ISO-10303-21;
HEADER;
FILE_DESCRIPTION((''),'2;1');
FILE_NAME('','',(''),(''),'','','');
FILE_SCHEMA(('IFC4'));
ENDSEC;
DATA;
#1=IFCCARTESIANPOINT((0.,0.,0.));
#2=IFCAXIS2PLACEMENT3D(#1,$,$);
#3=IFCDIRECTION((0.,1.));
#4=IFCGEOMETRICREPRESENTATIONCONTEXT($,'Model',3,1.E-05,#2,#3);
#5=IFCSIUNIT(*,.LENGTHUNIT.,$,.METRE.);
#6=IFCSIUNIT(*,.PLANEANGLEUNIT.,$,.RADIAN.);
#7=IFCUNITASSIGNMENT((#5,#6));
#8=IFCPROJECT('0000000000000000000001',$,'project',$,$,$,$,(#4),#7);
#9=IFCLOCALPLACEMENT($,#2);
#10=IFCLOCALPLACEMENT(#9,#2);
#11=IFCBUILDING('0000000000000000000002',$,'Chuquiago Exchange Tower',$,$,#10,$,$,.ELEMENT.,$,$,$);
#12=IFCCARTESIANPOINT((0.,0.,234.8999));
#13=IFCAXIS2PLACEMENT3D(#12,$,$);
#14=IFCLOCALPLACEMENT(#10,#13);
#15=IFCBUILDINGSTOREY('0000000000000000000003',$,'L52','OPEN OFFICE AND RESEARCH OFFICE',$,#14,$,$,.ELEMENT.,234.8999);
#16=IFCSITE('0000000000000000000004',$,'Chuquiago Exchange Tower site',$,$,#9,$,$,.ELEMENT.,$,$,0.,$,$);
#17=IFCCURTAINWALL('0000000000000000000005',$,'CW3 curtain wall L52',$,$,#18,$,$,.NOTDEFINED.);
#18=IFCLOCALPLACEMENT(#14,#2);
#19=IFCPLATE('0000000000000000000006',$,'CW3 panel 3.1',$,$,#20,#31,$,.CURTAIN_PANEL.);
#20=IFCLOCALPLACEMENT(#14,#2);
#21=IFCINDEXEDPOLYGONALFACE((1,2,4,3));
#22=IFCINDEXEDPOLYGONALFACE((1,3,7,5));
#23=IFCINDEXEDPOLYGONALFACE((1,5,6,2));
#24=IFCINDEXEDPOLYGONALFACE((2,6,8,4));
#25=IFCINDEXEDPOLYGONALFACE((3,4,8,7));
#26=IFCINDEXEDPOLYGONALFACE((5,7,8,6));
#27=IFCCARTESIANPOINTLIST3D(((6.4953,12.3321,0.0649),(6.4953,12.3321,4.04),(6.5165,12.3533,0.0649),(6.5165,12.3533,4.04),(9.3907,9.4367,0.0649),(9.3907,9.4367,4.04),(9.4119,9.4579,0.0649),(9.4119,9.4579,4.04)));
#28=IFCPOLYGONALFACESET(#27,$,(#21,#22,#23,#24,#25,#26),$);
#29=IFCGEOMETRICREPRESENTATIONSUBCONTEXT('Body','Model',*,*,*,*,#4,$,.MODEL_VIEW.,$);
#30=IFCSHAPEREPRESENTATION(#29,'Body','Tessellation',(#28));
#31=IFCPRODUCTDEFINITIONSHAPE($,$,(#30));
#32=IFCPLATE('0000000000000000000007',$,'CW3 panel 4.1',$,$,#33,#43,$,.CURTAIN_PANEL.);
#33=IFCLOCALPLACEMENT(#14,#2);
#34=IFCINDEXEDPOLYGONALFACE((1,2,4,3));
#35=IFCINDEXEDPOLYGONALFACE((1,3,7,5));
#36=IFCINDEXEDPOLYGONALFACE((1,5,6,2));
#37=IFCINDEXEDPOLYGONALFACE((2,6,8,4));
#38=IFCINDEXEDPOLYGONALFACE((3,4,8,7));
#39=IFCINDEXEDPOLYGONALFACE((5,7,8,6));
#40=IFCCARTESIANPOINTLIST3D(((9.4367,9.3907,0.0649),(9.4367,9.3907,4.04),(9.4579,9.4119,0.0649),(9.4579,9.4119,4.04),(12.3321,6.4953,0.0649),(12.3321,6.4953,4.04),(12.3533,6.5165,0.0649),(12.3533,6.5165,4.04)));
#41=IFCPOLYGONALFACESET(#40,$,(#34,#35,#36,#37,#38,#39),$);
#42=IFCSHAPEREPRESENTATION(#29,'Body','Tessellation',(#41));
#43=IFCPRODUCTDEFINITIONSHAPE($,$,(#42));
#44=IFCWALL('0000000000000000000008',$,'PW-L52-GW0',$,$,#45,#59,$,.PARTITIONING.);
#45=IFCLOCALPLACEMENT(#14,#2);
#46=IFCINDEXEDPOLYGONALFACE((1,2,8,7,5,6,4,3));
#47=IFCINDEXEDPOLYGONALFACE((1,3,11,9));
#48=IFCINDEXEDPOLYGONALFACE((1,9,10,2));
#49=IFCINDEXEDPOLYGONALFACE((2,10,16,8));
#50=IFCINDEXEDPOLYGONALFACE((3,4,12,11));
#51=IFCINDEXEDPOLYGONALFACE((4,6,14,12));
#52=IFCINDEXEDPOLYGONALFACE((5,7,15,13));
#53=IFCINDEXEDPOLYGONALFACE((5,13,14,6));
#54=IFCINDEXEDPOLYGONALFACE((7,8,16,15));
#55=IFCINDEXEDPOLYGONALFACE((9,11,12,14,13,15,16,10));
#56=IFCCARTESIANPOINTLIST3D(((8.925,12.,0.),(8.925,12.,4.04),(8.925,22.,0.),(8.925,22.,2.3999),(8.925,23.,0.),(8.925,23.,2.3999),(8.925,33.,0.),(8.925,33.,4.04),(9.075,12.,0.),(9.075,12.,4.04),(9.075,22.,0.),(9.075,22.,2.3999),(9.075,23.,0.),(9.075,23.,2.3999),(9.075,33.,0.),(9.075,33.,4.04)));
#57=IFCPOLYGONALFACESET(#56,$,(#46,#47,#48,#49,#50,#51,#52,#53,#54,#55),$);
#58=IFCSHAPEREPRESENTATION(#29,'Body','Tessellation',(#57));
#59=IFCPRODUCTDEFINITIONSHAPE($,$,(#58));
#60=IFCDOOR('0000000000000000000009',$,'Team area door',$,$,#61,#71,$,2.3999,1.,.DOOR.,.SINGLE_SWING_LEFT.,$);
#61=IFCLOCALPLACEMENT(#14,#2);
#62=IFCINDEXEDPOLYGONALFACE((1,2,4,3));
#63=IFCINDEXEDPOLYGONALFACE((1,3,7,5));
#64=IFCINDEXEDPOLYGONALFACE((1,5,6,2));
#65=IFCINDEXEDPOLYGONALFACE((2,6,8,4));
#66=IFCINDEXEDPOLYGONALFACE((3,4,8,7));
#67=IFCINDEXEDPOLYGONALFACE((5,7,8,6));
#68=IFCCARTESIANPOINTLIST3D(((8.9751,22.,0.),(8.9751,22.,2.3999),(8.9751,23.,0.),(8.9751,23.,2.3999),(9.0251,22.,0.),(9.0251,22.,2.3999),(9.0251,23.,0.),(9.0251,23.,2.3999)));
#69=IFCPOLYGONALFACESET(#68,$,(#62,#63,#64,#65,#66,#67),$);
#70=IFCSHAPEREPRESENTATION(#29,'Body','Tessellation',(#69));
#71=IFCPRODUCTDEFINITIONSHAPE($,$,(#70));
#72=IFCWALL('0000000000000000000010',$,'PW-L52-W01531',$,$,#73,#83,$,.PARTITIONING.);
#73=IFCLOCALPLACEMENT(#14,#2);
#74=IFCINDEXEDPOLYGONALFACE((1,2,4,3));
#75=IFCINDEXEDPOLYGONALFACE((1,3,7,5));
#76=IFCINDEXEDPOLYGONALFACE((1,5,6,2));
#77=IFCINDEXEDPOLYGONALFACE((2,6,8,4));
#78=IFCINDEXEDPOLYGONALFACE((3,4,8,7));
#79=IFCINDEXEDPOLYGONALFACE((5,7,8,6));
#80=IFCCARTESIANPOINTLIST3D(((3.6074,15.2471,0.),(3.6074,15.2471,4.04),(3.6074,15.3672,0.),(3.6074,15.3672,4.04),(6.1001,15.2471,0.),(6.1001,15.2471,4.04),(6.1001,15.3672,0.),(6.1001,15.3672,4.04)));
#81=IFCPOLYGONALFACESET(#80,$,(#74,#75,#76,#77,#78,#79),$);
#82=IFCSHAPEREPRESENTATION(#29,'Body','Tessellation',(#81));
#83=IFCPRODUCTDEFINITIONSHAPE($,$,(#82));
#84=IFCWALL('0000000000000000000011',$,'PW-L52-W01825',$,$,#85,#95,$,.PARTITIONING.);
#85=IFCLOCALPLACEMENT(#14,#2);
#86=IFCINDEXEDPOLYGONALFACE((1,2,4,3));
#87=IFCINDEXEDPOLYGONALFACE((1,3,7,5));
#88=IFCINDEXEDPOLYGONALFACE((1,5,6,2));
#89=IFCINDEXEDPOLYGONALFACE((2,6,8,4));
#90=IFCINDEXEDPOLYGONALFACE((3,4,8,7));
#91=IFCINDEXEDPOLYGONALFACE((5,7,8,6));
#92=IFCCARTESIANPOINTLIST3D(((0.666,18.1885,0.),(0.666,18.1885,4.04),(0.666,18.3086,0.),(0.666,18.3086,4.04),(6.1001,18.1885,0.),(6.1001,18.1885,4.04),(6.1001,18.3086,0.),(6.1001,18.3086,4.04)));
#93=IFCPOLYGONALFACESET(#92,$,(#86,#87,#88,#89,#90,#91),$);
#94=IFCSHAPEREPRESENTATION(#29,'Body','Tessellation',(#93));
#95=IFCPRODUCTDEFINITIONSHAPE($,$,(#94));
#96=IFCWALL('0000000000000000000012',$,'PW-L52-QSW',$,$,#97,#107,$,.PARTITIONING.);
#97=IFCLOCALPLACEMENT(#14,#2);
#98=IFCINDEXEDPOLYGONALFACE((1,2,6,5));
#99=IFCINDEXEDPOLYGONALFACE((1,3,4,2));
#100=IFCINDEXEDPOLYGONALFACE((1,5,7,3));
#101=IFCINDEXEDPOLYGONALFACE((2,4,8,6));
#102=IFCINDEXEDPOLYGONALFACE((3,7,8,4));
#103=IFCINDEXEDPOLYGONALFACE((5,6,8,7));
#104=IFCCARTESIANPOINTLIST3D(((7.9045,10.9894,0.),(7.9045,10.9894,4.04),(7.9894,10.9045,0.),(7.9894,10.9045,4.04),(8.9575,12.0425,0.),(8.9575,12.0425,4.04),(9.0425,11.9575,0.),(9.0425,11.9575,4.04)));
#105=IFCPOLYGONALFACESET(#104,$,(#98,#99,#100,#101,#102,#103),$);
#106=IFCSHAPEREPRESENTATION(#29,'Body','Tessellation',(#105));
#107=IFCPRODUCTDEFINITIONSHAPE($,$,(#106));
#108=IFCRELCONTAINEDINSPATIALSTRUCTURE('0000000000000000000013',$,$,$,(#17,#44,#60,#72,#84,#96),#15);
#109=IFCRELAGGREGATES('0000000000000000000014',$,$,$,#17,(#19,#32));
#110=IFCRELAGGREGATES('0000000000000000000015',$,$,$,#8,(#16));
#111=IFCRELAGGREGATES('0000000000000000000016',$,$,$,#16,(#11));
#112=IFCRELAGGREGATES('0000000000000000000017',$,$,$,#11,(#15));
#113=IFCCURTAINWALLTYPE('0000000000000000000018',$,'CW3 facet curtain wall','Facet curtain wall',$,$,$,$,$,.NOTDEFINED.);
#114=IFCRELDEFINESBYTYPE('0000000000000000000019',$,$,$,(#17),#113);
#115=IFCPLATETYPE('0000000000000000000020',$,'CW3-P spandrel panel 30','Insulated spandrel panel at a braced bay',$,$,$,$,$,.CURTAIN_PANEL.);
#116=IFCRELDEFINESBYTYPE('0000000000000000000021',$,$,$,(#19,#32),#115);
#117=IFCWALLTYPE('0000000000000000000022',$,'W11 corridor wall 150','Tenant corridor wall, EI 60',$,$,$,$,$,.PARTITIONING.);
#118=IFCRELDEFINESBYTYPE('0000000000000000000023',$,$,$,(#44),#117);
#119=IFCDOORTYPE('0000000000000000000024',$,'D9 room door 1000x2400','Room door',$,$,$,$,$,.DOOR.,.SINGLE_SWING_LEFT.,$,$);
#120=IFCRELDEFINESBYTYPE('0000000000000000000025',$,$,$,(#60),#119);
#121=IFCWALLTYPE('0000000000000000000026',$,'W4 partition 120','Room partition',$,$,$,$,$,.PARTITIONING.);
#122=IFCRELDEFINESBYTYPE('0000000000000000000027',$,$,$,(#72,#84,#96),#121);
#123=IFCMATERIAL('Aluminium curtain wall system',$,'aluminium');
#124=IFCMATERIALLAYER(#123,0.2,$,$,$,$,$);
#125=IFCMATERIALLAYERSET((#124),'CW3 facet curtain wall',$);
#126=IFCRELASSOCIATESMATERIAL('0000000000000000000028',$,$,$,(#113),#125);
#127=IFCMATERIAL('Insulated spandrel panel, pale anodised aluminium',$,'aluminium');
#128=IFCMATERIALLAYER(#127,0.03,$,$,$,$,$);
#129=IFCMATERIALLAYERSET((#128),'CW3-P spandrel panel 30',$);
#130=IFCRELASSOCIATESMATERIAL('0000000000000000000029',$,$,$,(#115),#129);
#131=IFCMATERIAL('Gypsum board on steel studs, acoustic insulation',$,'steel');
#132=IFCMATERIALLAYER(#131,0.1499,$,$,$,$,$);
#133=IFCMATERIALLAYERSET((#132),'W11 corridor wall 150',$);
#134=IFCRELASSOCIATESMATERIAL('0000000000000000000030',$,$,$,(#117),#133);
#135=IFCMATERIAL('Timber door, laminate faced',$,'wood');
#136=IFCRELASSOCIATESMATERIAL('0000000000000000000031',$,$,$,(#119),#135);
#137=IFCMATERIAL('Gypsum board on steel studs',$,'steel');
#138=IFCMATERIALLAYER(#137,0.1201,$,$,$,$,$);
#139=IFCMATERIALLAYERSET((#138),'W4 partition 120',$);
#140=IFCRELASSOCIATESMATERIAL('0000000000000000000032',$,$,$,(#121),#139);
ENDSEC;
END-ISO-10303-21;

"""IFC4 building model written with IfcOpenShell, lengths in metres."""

from ifc_helpers import new_model, si_unit, direction, frame, frame_2d, origin, origin_2d, place, context, subcontext, project, spatial, rectangle, extrude, material, layer, layer_set, type_object, element, fill, aggregate, save


model = new_model("IFC4")

# Units and contexts
model_context = context("Model", 3, precision=1e-05, world=origin(), true_north=direction((0.0, 1.0)))
body_context = subcontext(model_context, "Body", "Model", "MODEL_VIEW")
ifc_project = project(units=[si_unit("LENGTHUNIT", "METRE"), si_unit("PLANEANGLEUNIT", "RADIAN")], contexts=[model_context])

# Site, building, storey
site_placement = place(None, origin())
site = spatial("IfcSite", under=ifc_project, at=site_placement, Name="Chuquiago Exchange Tower site", CompositionType="ELEMENT", RefElevation=0.0)
building_placement = place(site_placement, origin())
building = spatial("IfcBuilding", under=site, at=building_placement, Name="Chuquiago Exchange Tower", CompositionType="ELEMENT")
storey_placement = place(building_placement, frame((0.0, 0.0, 234.8999)))
storey = spatial("IfcBuildingStorey", under=building, at=storey_placement, Name="L52", Description="OPEN OFFICE AND RESEARCH OFFICE", CompositionType="ELEMENT", Elevation=234.8999)

# Curtain wall
ifc_material_1 = material(Name="Aluminium curtain wall system", Category="aluminium")
ifc_layer_1 = layer(ifc_material_1, 0.2)
ifc_layer_set_1 = layer_set([ifc_layer_1], Name="CW3 facet curtain wall")
curtain_wall_type_1 = type_object("IfcCurtainWallType", Name="CW3 facet curtain wall", Description="Facet curtain wall", PredefinedType="NOTDEFINED", material=ifc_layer_set_1)
curtain_wall_1_placement = place(storey_placement, origin())
curtain_wall_1 = element("IfcCurtainWall", 1, at=curtain_wall_1_placement, inside=storey, type_object=curtain_wall_type_1, Name="CW3 curtain wall L52", PredefinedType="NOTDEFINED")

# Plates
ifc_material_2 = material(Name="Insulated spandrel panel, pale anodised aluminium", Category="aluminium")
ifc_layer_2 = layer(ifc_material_2, 0.03)
ifc_layer_set_2 = layer_set([ifc_layer_2], Name="CW3-P spandrel panel 30")
plate_type = type_object("IfcPlateType", Name="CW3-P spandrel panel 30", Description="Insulated spandrel panel at a braced bay", PredefinedType="CURTAIN_PANEL", material=ifc_layer_set_2)
plate_1_placement = place(storey_placement, frame((7.9536, 10.895, 0.0649), z_axis=(0.0, 0.0, 1.0), x_axis=(0.707107, -0.707107, 0.0)))
plate_1 = element("IfcPlate", 2, at=plate_1_placement, type_object=plate_type, Name="CW3 panel 3.1", PredefinedType="CURTAIN_PANEL", context=body_context, shape_type="SweptSolid", body=[
    extrude(rectangle(XDim=4.0947, YDim=0.03, at=origin_2d()), origin(), (0.0, 0.0, 1.0), 3.9751),
])
plate_2_placement = place(storey_placement, frame((10.895, 7.9536, 0.0649), z_axis=(0.0, 0.0, 1.0), x_axis=(0.707107, -0.707107, 0.0)))
plate_2 = element("IfcPlate", 3, at=plate_2_placement, type_object=plate_type, Name="CW3 panel 4.1", PredefinedType="CURTAIN_PANEL", context=body_context, shape_type="SweptSolid", body=[
    extrude(rectangle(XDim=4.0947, YDim=0.03, at=origin_2d()), origin(), (0.0, 0.0, 1.0), 3.9751),
])
aggregate(curtain_wall_1, [plate_1, plate_2])

# Wall, opening, door
ifc_material_3 = material(Name="Gypsum board on steel studs, acoustic insulation", Category="steel")
ifc_layer_3 = layer(ifc_material_3, 0.1499)
ifc_layer_set_3 = layer_set([ifc_layer_3], Name="W11 corridor wall 150")
wall_type_1 = type_object("IfcWallType", Name="W11 corridor wall 150", Description="Tenant corridor wall, EI 60", PredefinedType="PARTITIONING", material=ifc_layer_set_3)
wall_1_placement = place(storey_placement, frame((9.0, 12.0, 0.0), z_axis=(0.0, 0.0, 1.0), x_axis=(0.0, 1.0, 0.0)))
wall_1 = element("IfcWall", 4, at=wall_1_placement, inside=storey, type_object=wall_type_1, Name="PW-L52-GW0", PredefinedType="PARTITIONING", context=body_context, shape_type="SweptSolid", body=[
    extrude(rectangle(XDim=21.0, YDim=0.1499, at=frame_2d((10.5, 0.0))), origin(), (0.0, 0.0, 1.0), 4.04),
])
opening_1_placement = place(wall_1_placement, frame((10.0, 0.0, 0.0)))
opening_1 = element("IfcOpeningElement", 5, at=opening_1_placement, cuts=wall_1, PredefinedType="OPENING", context=body_context, shape_type="SweptSolid", body=[
    extrude(rectangle(XDim=1.0, YDim=2.3999, at=frame_2d((0.5, 1.2))), frame((0.0, 0.085, 0.0), z_axis=(0.0, -1.0, 0.0), x_axis=(1.0, 0.0, 0.0)), (0.0, 0.0, 1.0), 0.1699),
])
ifc_material_4 = material(Name="Timber door, laminate faced", Category="wood")
door_type_1 = type_object("IfcDoorType", Name="D9 room door 1000x2400", Description="Room door", OperationType="SINGLE_SWING_LEFT", PredefinedType="DOOR", material=ifc_material_4)
door_1_placement = place(opening_1_placement, origin())
door_1 = element("IfcDoor", 6, at=door_1_placement, inside=storey, type_object=door_type_1, Name="Team area door", OperationType="SINGLE_SWING_LEFT", OverallHeight=2.3999, OverallWidth=1.0, PredefinedType="DOOR", context=body_context, shape_type="SweptSolid", body=[
    extrude(rectangle(XDim=1.0, YDim=2.3999, at=frame_2d((0.5, 1.2))), frame((0.0, 0.0249, 0.0), z_axis=(0.0, -1.0, 0.0), x_axis=(1.0, 0.0, 0.0)), (0.0, 0.0, 1.0), 0.05),
])
fill(opening_1, door_1)

# Walls
ifc_material_5 = material(Name="Gypsum board on steel studs", Category="steel")
ifc_layer_4 = layer(ifc_material_5, 0.1201)
ifc_layer_set_4 = layer_set([ifc_layer_4], Name="W4 partition 120")
wall_type_2 = type_object("IfcWallType", Name="W4 partition 120", Description="Room partition", PredefinedType="PARTITIONING", material=ifc_layer_set_4)
wall_2_placement = place(storey_placement, frame((3.6074, 15.3071, 0.0), z_axis=(0.0, 0.0, 1.0), x_axis=(1.0, 0.0, 0.0)))
element("IfcWall", 7, at=wall_2_placement, inside=storey, type_object=wall_type_2, Name="PW-L52-W01531", PredefinedType="PARTITIONING", context=body_context, shape_type="SweptSolid", body=[
    extrude(rectangle(XDim=2.4927, YDim=0.1201, at=frame_2d((1.2463, 0.0))), origin(), (0.0, 0.0, 1.0), 4.04),
])
wall_3_placement = place(storey_placement, frame((0.666, 18.2485, 0.0), z_axis=(0.0, 0.0, 1.0), x_axis=(1.0, 0.0, 0.0)))
element("IfcWall", 8, at=wall_3_placement, inside=storey, type_object=wall_type_2, Name="PW-L52-W01825", PredefinedType="PARTITIONING", context=body_context, shape_type="SweptSolid", body=[
    extrude(rectangle(XDim=5.4341, YDim=0.1201, at=frame_2d((2.717, 0.0))), origin(), (0.0, 0.0, 1.0), 4.04),
])

# Wall
wall_4_placement = place(storey_placement, frame((9.0, 12.0, 0.0), z_axis=(0.0, 0.0, 1.0), x_axis=(-0.707107, -0.707107, 0.0)))
element("IfcWall", 9, at=wall_4_placement, inside=storey, type_object=wall_type_2, Name="PW-L52-QSW", PredefinedType="PARTITIONING", context=body_context, shape_type="SweptSolid", body=[
    extrude(rectangle(XDim=1.4893, YDim=0.1201, at=frame_2d((0.7446, 0.0))), origin(), (0.0, 0.0, 1.0), 4.04),
])

save(model, "model.ifc")
